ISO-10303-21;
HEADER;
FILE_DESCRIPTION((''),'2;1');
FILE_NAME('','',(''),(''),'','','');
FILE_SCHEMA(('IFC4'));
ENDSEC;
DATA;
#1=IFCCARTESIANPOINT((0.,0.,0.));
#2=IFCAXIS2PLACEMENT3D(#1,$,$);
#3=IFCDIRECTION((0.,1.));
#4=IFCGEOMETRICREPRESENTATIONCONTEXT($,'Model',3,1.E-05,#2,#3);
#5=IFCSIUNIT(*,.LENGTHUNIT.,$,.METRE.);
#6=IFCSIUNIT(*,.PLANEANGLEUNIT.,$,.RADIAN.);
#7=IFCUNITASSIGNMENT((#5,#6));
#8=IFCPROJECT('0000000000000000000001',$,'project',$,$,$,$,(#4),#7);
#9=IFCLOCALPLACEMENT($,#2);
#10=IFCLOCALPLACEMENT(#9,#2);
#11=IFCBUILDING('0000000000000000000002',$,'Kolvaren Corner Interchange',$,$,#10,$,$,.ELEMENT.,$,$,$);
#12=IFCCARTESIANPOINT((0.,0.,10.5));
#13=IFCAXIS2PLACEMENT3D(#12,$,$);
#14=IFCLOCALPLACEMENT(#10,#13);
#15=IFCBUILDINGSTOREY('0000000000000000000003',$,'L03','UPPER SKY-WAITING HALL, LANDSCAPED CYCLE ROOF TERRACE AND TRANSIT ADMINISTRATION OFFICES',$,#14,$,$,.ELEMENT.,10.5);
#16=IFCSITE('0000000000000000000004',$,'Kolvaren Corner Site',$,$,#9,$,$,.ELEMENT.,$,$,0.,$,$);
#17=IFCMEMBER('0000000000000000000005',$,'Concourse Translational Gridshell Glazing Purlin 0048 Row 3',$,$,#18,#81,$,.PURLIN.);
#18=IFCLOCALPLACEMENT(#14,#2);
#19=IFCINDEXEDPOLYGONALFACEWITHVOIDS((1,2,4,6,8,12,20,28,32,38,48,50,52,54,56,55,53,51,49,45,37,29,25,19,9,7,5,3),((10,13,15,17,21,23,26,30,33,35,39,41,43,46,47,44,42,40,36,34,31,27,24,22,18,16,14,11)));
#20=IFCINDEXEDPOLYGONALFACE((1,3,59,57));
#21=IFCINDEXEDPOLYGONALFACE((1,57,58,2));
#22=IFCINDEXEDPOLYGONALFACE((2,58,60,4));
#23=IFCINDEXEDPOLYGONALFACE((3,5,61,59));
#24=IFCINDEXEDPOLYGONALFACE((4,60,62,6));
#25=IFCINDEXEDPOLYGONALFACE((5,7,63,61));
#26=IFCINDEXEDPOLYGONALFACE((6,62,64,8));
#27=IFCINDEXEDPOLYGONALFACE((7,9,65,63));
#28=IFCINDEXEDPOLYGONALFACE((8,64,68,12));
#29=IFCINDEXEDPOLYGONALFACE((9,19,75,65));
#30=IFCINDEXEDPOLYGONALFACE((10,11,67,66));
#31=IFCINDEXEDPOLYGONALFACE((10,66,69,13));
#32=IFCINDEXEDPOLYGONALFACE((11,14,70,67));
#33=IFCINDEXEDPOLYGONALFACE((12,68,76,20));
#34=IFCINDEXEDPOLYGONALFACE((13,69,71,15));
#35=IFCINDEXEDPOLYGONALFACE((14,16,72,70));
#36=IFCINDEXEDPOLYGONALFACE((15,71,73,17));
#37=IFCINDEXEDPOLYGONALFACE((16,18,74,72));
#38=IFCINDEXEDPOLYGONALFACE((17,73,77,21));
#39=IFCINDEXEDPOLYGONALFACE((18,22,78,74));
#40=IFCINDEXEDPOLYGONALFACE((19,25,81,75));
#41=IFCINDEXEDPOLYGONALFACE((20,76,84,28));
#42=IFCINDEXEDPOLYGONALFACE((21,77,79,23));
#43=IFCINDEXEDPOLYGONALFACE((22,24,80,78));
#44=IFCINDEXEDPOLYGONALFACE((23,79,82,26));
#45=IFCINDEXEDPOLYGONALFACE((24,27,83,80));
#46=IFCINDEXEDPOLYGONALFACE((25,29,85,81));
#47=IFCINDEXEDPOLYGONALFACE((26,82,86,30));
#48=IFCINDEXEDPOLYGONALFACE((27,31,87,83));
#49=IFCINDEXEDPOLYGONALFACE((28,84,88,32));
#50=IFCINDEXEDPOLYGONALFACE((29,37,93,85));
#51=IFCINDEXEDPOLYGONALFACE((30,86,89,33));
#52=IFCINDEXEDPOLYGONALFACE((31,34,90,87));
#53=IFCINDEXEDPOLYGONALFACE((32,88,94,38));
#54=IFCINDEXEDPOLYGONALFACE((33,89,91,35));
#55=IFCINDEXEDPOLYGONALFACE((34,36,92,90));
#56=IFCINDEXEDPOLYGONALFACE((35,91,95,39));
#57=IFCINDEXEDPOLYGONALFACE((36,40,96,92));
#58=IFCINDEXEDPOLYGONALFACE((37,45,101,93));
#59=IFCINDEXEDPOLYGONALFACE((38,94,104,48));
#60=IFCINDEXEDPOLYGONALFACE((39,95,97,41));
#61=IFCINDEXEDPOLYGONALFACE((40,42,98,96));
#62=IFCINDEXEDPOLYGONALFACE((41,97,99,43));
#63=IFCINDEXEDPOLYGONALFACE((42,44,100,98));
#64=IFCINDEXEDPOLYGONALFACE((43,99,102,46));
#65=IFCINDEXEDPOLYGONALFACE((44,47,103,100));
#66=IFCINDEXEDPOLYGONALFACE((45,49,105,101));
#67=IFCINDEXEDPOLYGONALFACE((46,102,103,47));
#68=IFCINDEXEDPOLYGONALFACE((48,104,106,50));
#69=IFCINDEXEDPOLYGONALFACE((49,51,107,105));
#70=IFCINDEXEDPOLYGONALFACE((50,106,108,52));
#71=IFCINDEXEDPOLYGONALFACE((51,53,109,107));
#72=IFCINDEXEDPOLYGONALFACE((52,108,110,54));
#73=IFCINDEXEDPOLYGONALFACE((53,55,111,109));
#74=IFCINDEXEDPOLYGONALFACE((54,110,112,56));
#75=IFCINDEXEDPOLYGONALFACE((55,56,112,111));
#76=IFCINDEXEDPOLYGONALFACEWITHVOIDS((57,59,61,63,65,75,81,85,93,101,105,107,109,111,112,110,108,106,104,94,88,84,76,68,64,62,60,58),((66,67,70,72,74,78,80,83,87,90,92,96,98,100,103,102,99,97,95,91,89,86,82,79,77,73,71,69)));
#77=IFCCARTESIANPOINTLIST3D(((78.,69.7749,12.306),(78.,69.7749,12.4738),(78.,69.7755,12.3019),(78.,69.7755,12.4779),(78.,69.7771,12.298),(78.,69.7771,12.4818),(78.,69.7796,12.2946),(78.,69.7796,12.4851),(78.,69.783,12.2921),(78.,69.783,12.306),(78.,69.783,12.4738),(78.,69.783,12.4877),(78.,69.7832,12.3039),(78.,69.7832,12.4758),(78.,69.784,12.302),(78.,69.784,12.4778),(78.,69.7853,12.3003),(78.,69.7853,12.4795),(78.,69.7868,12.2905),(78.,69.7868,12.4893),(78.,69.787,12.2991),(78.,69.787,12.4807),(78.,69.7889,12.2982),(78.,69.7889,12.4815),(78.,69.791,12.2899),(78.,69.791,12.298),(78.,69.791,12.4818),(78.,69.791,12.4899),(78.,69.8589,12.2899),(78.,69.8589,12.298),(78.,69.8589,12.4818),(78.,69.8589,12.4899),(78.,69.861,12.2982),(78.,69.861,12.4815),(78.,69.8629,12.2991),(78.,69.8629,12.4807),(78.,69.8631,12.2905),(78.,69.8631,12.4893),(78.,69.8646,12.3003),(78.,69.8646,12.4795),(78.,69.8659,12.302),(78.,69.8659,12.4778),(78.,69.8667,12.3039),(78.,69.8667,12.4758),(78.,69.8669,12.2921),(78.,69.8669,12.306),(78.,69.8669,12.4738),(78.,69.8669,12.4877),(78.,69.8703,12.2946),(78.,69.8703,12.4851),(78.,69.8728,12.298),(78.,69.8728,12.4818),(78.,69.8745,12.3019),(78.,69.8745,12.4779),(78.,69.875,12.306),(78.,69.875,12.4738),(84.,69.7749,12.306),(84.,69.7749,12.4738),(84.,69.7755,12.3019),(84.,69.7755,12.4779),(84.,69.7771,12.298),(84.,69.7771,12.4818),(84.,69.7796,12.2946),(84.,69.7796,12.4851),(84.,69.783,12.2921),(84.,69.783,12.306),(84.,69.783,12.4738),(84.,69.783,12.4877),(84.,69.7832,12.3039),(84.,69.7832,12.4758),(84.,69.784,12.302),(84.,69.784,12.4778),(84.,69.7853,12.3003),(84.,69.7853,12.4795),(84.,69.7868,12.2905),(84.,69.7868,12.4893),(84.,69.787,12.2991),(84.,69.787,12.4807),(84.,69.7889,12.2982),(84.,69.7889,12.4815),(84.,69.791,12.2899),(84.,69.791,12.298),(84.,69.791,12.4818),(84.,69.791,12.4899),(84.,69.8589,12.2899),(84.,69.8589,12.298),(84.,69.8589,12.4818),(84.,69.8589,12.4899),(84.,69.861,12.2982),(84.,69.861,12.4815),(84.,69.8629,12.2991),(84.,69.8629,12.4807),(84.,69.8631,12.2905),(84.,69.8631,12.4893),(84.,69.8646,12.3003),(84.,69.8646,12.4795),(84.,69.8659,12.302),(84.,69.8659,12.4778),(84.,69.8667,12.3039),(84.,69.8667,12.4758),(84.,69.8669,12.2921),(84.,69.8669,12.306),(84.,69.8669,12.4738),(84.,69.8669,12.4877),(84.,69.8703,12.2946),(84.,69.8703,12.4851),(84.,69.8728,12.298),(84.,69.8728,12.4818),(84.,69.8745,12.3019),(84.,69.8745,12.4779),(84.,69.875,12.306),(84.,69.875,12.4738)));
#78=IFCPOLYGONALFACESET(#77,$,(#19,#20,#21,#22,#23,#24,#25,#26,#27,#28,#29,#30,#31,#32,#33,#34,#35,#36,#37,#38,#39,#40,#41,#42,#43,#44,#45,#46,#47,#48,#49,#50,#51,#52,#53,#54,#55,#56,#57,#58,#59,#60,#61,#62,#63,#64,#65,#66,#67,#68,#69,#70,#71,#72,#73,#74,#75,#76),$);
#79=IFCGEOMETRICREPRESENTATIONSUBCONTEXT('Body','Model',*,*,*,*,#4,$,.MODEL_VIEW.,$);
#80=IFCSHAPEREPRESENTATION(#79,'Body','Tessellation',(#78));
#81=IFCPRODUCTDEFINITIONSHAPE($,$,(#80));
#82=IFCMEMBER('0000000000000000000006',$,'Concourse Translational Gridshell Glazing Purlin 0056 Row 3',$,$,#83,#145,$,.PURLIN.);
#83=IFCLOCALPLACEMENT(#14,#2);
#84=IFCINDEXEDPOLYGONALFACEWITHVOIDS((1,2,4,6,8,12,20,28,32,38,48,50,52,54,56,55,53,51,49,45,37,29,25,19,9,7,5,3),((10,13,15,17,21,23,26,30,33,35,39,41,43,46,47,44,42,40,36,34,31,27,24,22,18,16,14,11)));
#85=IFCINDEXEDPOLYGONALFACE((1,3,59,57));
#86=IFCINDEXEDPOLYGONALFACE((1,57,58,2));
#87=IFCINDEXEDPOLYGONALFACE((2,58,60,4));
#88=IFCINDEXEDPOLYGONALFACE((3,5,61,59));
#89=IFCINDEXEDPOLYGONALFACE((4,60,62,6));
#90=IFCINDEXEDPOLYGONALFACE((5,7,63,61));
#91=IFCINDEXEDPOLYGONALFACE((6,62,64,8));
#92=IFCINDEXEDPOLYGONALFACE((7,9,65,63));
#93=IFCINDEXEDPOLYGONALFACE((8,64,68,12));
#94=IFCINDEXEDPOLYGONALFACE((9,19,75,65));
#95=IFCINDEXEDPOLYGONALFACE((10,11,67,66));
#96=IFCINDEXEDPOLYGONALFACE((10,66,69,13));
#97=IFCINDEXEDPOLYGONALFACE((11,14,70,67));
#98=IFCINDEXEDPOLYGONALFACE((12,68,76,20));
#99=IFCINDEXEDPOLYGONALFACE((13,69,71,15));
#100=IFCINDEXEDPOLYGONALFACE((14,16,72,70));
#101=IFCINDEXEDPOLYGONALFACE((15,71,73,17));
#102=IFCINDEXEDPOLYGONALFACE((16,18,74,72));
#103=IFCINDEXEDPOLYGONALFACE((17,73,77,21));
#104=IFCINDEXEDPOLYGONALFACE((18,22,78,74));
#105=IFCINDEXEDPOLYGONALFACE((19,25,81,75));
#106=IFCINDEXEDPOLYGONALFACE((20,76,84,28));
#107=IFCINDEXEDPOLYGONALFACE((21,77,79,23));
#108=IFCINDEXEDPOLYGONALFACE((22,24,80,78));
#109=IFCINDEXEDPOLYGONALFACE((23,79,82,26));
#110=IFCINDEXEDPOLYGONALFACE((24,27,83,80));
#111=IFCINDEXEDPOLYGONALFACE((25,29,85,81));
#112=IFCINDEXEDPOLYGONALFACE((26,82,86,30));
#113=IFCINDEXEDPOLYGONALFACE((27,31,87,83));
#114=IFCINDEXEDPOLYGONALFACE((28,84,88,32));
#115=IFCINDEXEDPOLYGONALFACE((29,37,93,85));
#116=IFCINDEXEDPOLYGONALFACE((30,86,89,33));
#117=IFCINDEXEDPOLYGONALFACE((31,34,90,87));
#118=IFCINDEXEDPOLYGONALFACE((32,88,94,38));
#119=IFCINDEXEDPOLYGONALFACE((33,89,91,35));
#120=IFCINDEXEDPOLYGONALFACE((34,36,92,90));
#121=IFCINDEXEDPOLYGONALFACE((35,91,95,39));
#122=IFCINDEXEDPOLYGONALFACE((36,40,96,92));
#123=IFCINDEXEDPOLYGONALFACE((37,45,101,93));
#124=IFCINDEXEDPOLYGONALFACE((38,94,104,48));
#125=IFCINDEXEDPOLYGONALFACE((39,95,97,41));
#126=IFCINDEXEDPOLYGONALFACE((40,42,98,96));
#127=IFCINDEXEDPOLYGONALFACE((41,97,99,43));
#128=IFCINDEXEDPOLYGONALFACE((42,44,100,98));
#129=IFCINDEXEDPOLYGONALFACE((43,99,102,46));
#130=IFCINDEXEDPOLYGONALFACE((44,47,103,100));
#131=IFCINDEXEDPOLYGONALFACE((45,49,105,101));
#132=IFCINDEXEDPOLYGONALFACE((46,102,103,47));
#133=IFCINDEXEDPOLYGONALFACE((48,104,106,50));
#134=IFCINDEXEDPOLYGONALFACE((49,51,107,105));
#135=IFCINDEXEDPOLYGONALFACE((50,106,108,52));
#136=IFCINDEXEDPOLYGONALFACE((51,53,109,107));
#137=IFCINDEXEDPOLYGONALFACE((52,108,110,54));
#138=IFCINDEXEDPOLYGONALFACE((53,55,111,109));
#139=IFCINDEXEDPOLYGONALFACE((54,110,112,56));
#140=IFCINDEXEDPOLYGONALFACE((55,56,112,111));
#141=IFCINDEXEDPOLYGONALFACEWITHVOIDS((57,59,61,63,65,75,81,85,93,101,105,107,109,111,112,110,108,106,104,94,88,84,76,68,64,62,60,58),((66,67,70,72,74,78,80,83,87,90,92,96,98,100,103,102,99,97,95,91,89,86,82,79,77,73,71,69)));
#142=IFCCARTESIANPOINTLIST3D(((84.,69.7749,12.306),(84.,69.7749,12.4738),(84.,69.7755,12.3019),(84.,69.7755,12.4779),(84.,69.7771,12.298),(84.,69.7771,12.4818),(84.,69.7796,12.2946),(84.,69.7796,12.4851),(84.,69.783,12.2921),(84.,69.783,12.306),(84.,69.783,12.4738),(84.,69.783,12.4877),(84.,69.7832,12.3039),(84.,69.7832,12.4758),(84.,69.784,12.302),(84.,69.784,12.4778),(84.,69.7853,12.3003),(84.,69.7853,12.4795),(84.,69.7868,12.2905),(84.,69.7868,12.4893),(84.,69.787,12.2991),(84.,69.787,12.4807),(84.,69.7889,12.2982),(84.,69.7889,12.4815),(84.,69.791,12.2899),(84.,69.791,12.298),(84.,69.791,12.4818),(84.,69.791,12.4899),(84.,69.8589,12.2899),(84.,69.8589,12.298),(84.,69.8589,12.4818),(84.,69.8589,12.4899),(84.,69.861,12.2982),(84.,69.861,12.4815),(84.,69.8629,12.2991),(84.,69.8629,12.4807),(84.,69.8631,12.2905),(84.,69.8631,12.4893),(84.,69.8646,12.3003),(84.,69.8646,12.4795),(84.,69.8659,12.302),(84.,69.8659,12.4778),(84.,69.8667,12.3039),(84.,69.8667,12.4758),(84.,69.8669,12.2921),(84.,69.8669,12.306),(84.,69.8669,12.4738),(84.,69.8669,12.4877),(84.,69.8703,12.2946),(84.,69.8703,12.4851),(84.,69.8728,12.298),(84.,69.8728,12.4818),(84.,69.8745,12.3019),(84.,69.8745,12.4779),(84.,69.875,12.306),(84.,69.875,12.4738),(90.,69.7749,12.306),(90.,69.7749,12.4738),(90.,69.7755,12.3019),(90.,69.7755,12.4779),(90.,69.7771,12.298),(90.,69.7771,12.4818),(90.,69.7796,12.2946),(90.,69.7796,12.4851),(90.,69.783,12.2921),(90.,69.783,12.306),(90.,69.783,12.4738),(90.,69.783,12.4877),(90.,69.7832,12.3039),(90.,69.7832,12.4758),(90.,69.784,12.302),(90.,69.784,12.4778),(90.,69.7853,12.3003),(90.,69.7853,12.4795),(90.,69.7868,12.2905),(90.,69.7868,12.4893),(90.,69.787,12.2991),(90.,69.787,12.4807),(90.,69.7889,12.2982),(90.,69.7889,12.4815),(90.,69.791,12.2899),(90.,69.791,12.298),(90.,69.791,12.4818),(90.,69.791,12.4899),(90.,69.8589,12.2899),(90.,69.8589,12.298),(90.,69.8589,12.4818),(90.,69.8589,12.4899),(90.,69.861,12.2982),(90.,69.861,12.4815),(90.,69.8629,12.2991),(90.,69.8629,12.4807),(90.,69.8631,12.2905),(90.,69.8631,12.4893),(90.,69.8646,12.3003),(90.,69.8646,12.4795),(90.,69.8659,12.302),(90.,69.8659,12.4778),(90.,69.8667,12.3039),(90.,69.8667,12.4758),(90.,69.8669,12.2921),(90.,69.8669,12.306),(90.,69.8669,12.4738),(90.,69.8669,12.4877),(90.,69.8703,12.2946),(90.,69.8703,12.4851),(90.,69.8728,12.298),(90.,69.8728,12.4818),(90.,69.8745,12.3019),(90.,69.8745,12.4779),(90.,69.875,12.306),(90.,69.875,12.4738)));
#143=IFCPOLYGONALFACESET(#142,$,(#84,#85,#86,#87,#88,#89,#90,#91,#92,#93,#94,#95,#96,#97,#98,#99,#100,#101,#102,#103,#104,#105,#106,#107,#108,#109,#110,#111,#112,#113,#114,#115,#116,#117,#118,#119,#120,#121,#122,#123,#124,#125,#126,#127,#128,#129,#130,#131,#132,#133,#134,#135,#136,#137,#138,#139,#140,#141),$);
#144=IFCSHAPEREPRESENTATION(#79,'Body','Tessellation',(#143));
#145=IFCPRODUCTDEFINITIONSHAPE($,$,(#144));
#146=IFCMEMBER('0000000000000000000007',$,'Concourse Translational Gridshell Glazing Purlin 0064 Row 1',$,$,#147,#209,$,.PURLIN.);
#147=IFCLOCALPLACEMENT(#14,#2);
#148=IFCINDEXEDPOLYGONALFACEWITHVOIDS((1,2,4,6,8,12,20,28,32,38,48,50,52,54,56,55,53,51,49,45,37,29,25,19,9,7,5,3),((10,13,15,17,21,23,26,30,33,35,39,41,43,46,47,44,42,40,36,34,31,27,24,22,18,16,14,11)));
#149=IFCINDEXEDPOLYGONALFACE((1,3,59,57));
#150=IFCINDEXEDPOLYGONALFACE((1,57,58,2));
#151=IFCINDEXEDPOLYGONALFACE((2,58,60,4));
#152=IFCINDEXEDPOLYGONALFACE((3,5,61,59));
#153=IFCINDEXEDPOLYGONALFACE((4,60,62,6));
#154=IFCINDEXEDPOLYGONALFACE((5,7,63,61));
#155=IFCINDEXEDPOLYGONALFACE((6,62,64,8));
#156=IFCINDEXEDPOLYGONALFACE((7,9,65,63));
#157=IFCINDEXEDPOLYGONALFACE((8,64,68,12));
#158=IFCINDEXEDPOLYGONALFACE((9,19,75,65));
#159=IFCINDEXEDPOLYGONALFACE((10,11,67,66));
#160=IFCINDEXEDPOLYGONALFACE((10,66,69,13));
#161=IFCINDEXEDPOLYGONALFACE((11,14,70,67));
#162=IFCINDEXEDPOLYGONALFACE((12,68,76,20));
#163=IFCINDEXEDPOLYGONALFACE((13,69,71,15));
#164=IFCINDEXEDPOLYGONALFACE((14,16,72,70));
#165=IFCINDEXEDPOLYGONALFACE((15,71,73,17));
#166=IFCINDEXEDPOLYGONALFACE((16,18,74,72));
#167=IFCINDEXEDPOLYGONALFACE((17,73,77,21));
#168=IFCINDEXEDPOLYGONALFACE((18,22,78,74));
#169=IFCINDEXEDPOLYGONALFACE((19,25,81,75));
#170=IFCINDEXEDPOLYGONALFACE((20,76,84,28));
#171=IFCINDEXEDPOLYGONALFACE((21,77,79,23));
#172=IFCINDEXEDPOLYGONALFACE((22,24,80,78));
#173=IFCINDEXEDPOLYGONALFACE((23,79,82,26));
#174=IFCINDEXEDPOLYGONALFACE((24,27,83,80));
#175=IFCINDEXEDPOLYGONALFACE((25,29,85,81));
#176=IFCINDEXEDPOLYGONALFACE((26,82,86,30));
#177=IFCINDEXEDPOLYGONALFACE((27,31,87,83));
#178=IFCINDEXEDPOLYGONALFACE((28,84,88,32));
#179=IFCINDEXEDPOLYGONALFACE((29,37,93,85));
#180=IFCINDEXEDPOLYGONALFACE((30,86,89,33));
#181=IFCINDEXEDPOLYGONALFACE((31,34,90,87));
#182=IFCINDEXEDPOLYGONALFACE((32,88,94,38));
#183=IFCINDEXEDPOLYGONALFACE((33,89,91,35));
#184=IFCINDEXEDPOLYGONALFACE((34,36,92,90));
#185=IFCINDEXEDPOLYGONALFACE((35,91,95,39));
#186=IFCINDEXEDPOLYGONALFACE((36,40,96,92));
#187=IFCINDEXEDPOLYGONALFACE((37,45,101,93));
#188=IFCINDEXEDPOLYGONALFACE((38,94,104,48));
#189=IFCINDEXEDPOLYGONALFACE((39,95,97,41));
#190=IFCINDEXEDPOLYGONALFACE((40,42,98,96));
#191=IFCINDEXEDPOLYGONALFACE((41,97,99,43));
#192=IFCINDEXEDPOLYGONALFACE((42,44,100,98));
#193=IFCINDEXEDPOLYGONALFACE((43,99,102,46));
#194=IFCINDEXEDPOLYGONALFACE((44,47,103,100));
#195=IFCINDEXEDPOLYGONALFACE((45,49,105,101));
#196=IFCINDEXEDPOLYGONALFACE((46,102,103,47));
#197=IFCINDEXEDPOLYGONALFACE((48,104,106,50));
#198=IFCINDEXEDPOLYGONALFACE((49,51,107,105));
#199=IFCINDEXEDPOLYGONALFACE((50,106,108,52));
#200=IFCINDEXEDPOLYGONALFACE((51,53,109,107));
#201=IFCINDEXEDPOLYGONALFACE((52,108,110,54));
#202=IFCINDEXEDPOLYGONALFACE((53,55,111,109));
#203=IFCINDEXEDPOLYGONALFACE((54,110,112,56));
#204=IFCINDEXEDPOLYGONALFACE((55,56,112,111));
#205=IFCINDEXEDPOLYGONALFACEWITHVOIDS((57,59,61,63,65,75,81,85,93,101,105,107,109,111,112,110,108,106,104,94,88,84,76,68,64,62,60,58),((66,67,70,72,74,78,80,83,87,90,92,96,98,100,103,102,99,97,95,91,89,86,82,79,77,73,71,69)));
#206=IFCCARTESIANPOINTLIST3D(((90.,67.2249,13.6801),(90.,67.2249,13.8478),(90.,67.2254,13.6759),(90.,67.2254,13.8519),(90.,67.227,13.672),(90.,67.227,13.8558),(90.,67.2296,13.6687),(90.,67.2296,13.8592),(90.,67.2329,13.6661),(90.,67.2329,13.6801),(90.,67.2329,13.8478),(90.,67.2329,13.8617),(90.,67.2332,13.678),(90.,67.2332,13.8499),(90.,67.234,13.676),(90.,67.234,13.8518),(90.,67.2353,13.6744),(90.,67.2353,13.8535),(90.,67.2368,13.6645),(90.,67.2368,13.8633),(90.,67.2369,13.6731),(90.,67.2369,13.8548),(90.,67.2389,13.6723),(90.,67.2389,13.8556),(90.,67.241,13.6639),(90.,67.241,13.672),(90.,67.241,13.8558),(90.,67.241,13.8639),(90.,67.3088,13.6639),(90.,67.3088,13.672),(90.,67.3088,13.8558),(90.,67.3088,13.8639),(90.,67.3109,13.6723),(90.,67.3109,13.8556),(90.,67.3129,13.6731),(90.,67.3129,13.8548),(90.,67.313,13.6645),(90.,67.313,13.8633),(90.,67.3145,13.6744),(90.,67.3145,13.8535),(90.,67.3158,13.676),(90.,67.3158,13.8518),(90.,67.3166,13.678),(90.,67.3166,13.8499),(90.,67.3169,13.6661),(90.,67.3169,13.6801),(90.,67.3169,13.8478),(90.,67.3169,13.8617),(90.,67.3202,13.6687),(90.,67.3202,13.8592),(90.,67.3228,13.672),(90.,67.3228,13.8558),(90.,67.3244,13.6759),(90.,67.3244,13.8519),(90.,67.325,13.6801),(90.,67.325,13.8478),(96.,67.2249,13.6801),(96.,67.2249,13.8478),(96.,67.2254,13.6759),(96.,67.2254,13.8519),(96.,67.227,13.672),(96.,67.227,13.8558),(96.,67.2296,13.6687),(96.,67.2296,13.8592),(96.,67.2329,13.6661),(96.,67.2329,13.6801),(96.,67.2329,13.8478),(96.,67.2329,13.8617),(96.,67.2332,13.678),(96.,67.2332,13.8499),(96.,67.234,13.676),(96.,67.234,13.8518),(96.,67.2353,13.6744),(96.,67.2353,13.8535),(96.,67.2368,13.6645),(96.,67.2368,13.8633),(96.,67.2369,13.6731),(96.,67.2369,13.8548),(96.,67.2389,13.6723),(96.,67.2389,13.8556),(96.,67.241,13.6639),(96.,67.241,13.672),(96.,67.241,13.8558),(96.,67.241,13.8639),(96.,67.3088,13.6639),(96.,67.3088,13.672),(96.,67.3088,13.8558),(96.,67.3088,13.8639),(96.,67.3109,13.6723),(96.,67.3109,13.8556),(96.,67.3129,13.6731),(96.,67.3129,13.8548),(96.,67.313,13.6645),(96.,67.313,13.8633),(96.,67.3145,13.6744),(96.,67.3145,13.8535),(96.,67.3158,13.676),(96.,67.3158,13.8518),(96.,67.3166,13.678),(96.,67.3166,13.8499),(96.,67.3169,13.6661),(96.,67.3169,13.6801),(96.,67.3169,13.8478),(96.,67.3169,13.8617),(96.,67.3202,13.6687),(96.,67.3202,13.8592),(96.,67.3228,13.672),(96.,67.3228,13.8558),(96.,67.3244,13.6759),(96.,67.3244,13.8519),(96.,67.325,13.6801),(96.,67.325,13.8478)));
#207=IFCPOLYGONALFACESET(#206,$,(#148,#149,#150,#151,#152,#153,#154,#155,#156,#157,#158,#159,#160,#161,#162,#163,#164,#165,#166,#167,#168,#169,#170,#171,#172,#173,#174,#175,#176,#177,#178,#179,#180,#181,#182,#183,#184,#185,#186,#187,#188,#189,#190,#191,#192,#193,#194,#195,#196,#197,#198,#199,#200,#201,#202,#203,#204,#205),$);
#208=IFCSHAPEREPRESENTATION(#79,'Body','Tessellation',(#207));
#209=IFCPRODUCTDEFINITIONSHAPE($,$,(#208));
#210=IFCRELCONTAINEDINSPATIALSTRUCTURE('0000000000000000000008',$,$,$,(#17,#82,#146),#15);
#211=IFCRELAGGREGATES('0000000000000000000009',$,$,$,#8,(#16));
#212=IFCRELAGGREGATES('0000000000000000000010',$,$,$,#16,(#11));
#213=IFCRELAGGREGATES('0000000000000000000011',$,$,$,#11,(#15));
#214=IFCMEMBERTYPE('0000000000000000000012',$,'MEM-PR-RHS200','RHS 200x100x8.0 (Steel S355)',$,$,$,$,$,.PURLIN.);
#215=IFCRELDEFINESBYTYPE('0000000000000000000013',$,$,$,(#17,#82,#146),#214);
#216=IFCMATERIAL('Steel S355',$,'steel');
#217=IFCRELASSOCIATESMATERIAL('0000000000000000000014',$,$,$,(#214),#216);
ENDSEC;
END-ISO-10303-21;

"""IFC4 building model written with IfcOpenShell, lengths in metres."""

from ifc_helpers import new_model, si_unit, direction, frame, origin, origin_2d, place, context, subcontext, project, spatial, hollow_rectangle, extrude, material, material_profile, profile_set, type_object, element, save


model = new_model("IFC4")

# Units and contexts
model_context = context("Model", 3, precision=1e-05, world=origin(), true_north=direction((0.0, 1.0)))
body_context = subcontext(model_context, "Body", "Model", "MODEL_VIEW")
ifc_project = project(units=[si_unit("LENGTHUNIT", "METRE"), si_unit("PLANEANGLEUNIT", "RADIAN")], contexts=[model_context])

# Site, building, storey
site_placement = place(None, origin())
site = spatial("IfcSite", under=ifc_project, at=site_placement, Name="Kolvaren Corner Site", CompositionType="ELEMENT", RefElevation=0.0)
building_placement = place(site_placement, origin())
building = spatial("IfcBuilding", under=site, at=building_placement, Name="Kolvaren Corner Interchange", CompositionType="ELEMENT")
storey_placement = place(building_placement, frame((0.0, 0.0, 10.5)))
storey = spatial("IfcBuildingStorey", under=building, at=storey_placement, Name="L03", Description="UPPER SKY-WAITING HALL, LANDSCAPED CYCLE ROOF TERRACE AND TRANSIT ADMINISTRATION OFFICES", CompositionType="ELEMENT", Elevation=10.5)

# Members
ifc_material_1 = material(Name="Steel S355", Category="steel")
ifc_material_profile_1 = material_profile(ifc_material_1, hollow_rectangle(XDim=0.1001, YDim=0.2, WallThickness=0.0081, InnerFilletRadius=0.0081, OuterFilletRadius=0.0161, at=origin_2d()), Name="RHS 200x100x8.0")
ifc_profile_set_1 = profile_set([ifc_material_profile_1], Name="Steel S355")
member_type_1 = type_object("IfcMemberType", Name="MEM-PR-RHS200", Description="RHS 200x100x8.0 (Steel S355)", PredefinedType="PURLIN", material=ifc_profile_set_1)
for number, where, z_axis, x_axis, name in (
    (1, (78.0, 69.825, 12.3899), (1.0, 0.0, 0.0), (0.0, 1.0, 0.0), "Concourse Translational Gridshell Glazing Purlin 0048 Row 3"),
    (2, (84.0, 69.825, 12.3899), (1.0, 0.0, 0.0), (0.0, 1.0, 0.0), "Concourse Translational Gridshell Glazing Purlin 0056 Row 3"),
    (3, (90.0, 67.2749, 13.7639), (1.0, 0.0, 0.0), (0.0, 1.0, 0.0), "Concourse Translational Gridshell Glazing Purlin 0064 Row 1"),
):
    element("IfcMember", number, at=place(storey_placement, frame(where, z_axis=z_axis, x_axis=x_axis)), inside=storey, type_object=member_type_1, Name=name, PredefinedType="PURLIN", context=body_context, shape_type="SweptSolid", body=[
        extrude(hollow_rectangle(XDim=0.1001, YDim=0.2, WallThickness=0.0081, InnerFilletRadius=0.0081, OuterFilletRadius=0.0161, at=origin_2d()), origin(), (0.0, 0.0, 1.0), 6.0),
    ])

save(model, "model.ifc")
